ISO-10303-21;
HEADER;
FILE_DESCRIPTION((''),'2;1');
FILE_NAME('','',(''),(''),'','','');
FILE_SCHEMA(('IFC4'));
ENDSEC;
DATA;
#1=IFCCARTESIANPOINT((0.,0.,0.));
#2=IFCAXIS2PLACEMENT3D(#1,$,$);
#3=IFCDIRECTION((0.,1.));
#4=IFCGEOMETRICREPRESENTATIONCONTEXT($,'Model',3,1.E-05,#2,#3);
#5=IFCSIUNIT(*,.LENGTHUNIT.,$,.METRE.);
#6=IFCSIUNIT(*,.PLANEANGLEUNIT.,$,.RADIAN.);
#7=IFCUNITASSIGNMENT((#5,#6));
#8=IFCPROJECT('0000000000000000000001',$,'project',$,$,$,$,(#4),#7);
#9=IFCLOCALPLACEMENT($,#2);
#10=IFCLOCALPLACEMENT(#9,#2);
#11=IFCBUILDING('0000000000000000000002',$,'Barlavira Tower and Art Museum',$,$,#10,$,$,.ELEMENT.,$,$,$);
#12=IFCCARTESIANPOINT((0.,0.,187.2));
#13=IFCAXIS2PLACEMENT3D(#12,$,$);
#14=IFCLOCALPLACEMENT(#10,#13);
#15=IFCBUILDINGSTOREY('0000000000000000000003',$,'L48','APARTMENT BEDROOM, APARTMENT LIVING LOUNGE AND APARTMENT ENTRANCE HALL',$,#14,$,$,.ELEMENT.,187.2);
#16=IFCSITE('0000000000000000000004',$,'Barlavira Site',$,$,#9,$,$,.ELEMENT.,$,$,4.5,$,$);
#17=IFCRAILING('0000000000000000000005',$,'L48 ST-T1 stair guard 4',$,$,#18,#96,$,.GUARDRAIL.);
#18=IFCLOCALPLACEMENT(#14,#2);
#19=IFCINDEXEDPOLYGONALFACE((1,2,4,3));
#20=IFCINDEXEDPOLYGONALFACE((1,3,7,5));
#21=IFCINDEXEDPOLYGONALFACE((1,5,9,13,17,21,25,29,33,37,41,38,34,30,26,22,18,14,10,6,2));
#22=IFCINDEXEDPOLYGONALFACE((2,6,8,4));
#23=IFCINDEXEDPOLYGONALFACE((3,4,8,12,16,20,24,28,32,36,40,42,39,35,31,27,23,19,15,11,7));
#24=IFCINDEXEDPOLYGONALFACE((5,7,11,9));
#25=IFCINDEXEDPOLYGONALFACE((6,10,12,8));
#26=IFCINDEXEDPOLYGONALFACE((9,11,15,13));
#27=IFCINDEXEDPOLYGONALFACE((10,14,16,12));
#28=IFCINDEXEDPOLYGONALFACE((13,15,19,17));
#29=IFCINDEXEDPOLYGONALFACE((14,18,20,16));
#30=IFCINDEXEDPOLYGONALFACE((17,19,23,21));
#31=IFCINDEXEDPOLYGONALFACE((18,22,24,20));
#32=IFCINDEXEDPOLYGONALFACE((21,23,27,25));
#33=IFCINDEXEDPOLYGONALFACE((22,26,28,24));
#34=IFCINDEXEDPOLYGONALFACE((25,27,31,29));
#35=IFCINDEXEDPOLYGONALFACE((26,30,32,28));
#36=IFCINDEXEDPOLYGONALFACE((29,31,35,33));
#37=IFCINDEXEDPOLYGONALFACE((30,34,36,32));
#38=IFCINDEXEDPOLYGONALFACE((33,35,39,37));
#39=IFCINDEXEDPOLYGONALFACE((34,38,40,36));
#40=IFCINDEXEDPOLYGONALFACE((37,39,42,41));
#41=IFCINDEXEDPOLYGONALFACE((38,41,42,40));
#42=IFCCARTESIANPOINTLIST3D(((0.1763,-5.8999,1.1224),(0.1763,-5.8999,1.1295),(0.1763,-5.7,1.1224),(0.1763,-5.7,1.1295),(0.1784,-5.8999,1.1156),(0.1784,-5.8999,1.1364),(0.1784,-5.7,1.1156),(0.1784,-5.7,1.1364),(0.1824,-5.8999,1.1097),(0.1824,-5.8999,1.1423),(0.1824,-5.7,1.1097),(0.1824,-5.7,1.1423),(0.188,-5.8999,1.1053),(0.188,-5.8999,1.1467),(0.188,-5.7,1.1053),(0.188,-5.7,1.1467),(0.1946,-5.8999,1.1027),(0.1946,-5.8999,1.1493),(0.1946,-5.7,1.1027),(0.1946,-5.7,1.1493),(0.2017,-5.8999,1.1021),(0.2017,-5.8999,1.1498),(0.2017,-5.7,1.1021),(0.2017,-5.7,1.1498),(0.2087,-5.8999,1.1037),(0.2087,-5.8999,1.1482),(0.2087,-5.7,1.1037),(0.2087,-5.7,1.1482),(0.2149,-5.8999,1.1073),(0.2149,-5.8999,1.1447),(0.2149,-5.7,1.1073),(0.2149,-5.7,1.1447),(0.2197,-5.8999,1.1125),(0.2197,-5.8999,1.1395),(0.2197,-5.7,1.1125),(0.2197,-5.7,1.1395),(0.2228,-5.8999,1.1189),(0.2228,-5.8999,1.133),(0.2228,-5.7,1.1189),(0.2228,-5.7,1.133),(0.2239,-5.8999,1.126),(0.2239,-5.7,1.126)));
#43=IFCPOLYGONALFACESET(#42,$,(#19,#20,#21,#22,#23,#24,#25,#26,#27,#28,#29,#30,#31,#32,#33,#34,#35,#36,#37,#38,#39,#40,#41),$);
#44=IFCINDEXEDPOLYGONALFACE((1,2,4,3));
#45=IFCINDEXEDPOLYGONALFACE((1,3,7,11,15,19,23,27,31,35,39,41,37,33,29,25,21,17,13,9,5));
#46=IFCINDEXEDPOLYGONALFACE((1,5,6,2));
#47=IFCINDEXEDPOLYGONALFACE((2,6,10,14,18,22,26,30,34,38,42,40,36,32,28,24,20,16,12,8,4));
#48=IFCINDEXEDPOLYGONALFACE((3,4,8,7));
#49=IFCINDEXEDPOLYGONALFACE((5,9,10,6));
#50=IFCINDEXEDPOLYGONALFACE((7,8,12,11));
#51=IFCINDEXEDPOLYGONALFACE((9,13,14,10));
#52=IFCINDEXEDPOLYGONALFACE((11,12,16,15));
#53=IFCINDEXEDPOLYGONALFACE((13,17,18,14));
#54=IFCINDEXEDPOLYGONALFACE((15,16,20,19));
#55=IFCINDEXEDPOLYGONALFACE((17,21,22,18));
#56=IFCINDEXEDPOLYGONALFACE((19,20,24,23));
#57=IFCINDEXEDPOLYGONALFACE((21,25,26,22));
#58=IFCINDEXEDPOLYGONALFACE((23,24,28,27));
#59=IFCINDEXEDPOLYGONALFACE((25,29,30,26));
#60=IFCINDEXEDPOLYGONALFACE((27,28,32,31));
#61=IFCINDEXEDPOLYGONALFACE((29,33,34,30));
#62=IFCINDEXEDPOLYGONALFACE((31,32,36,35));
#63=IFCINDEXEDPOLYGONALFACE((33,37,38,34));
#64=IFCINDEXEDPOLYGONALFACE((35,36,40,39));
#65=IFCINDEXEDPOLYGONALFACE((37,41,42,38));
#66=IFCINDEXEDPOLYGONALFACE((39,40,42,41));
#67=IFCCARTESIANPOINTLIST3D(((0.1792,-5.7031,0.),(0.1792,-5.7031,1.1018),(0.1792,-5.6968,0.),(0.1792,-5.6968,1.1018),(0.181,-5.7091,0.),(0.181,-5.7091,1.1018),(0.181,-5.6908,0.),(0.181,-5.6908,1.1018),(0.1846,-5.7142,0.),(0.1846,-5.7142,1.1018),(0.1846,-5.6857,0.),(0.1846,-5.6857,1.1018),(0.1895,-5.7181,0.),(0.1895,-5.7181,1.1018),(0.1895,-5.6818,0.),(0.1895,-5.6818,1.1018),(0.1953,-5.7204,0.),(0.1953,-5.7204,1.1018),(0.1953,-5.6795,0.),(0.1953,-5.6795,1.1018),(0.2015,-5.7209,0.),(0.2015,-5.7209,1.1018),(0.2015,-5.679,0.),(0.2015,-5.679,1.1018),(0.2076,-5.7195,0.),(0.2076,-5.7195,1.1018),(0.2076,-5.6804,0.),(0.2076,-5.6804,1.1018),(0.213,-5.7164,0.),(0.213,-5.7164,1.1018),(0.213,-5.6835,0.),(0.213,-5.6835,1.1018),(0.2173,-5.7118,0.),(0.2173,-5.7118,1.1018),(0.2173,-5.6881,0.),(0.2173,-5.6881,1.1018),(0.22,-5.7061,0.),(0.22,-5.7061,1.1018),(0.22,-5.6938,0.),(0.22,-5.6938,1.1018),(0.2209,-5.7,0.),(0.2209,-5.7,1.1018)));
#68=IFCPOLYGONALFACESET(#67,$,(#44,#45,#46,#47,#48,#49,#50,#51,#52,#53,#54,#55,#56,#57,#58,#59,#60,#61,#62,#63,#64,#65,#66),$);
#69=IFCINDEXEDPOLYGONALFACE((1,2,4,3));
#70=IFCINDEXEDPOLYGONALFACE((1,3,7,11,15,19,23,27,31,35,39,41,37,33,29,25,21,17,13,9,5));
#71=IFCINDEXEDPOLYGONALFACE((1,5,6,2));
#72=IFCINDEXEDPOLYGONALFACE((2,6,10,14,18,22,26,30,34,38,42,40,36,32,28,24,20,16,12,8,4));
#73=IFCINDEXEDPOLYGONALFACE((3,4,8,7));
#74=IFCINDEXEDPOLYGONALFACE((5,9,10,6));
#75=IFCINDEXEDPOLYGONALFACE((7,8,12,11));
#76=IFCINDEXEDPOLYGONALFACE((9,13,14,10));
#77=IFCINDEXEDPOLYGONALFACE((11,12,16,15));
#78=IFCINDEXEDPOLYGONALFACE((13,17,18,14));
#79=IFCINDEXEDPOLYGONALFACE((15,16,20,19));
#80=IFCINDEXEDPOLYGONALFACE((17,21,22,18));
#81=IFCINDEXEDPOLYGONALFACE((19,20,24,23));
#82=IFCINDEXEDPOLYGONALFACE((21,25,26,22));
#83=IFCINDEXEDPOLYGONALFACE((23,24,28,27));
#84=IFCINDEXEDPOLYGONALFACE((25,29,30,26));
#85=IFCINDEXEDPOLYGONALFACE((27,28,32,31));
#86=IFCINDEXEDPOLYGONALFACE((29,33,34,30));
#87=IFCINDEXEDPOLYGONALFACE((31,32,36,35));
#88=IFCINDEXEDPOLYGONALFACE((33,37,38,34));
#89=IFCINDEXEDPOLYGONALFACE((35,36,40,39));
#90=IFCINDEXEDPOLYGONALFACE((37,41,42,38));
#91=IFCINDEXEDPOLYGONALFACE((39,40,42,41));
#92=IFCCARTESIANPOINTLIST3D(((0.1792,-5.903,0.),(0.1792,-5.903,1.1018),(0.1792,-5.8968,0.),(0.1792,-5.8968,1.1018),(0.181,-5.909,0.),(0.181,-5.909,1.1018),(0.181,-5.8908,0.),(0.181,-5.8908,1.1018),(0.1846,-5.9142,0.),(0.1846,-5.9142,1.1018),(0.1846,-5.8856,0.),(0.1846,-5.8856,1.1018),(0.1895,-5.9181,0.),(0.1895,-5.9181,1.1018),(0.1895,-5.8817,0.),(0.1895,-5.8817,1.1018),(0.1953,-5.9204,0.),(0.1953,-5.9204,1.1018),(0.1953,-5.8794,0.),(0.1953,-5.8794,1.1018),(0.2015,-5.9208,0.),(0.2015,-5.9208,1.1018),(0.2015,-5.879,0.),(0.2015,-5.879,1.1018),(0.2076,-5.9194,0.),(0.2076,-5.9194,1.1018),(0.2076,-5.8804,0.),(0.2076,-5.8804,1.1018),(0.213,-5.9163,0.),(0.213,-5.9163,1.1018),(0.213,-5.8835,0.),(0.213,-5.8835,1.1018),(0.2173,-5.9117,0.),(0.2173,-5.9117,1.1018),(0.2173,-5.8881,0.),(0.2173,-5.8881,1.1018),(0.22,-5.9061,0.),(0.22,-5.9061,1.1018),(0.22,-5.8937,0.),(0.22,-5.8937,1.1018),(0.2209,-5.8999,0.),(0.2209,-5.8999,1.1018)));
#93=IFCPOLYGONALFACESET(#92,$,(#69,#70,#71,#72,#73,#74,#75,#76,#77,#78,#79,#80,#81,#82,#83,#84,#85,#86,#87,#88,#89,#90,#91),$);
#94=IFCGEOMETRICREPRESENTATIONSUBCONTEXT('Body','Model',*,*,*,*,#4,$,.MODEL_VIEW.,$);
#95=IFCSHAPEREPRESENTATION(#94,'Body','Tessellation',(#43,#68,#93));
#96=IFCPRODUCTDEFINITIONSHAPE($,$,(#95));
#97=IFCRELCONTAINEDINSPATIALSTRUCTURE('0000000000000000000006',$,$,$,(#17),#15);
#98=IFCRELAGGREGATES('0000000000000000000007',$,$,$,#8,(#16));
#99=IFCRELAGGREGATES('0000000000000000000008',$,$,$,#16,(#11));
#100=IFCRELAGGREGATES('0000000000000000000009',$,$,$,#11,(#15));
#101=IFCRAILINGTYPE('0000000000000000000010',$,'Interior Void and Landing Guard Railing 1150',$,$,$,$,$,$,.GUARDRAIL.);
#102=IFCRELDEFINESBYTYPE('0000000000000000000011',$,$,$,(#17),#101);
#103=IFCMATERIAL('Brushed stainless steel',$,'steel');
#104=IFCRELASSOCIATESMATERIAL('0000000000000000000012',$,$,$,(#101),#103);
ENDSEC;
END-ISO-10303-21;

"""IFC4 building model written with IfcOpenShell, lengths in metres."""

from ifc_helpers import new_model, si_unit, direction, frame, origin, origin_2d, place, context, subcontext, project, spatial, circle, extrude, material, type_object, element, save


model = new_model("IFC4")

# Units and contexts
model_context = context("Model", 3, precision=1e-05, world=origin(), true_north=direction((0.0, 1.0)))
body_context = subcontext(model_context, "Body", "Model", "MODEL_VIEW")
ifc_project = project(units=[si_unit("LENGTHUNIT", "METRE"), si_unit("PLANEANGLEUNIT", "RADIAN")], contexts=[model_context])

# Site, building, storey
site_placement = place(None, origin())
site = spatial("IfcSite", under=ifc_project, at=site_placement, Name="Barlavira Site", CompositionType="ELEMENT", RefElevation=4.5)
building_placement = place(site_placement, origin())
building = spatial("IfcBuilding", under=site, at=building_placement, Name="Barlavira Tower and Art Museum", CompositionType="ELEMENT")
storey_placement = place(building_placement, frame((0.0, 0.0, 187.2)))
storey = spatial("IfcBuildingStorey", under=building, at=storey_placement, Name="L48", Description="APARTMENT BEDROOM, APARTMENT LIVING LOUNGE AND APARTMENT ENTRANCE HALL", CompositionType="ELEMENT", Elevation=187.2)

# Shared definitions
ifc_material_1 = material(Name="Brushed stainless steel", Category="steel")

# Railing
railing_type_1 = type_object("IfcRailingType", Name="Interior Void and Landing Guard Railing 1150", PredefinedType="GUARDRAIL", material=ifc_material_1)
railing_1_placement = place(storey_placement, frame((0.2, -5.7, 0.0)))
element("IfcRailing", 1, at=railing_1_placement, inside=storey, type_object=railing_type_1, Name="L48 ST-T1 stair guard 4", PredefinedType="GUARDRAIL", context=body_context, shape_type="SweptSolid", body=[
    extrude(circle(Radius=0.0239, at=origin_2d()), frame((0.0, 0.0, 1.126), z_axis=(0.0, -1.0, 0.0), x_axis=(1.0, 0.0, 0.0)), (0.0, 0.0, 1.0), 0.2),
    extrude(circle(Radius=0.021, at=origin_2d()), origin(), (0.0, 0.0, 1.0), 1.1018),
    extrude(circle(Radius=0.021, at=origin_2d()), frame((0.0, -0.2, 0.0)), (0.0, 0.0, 1.0), 1.1018),
])

save(model, "model.ifc")
